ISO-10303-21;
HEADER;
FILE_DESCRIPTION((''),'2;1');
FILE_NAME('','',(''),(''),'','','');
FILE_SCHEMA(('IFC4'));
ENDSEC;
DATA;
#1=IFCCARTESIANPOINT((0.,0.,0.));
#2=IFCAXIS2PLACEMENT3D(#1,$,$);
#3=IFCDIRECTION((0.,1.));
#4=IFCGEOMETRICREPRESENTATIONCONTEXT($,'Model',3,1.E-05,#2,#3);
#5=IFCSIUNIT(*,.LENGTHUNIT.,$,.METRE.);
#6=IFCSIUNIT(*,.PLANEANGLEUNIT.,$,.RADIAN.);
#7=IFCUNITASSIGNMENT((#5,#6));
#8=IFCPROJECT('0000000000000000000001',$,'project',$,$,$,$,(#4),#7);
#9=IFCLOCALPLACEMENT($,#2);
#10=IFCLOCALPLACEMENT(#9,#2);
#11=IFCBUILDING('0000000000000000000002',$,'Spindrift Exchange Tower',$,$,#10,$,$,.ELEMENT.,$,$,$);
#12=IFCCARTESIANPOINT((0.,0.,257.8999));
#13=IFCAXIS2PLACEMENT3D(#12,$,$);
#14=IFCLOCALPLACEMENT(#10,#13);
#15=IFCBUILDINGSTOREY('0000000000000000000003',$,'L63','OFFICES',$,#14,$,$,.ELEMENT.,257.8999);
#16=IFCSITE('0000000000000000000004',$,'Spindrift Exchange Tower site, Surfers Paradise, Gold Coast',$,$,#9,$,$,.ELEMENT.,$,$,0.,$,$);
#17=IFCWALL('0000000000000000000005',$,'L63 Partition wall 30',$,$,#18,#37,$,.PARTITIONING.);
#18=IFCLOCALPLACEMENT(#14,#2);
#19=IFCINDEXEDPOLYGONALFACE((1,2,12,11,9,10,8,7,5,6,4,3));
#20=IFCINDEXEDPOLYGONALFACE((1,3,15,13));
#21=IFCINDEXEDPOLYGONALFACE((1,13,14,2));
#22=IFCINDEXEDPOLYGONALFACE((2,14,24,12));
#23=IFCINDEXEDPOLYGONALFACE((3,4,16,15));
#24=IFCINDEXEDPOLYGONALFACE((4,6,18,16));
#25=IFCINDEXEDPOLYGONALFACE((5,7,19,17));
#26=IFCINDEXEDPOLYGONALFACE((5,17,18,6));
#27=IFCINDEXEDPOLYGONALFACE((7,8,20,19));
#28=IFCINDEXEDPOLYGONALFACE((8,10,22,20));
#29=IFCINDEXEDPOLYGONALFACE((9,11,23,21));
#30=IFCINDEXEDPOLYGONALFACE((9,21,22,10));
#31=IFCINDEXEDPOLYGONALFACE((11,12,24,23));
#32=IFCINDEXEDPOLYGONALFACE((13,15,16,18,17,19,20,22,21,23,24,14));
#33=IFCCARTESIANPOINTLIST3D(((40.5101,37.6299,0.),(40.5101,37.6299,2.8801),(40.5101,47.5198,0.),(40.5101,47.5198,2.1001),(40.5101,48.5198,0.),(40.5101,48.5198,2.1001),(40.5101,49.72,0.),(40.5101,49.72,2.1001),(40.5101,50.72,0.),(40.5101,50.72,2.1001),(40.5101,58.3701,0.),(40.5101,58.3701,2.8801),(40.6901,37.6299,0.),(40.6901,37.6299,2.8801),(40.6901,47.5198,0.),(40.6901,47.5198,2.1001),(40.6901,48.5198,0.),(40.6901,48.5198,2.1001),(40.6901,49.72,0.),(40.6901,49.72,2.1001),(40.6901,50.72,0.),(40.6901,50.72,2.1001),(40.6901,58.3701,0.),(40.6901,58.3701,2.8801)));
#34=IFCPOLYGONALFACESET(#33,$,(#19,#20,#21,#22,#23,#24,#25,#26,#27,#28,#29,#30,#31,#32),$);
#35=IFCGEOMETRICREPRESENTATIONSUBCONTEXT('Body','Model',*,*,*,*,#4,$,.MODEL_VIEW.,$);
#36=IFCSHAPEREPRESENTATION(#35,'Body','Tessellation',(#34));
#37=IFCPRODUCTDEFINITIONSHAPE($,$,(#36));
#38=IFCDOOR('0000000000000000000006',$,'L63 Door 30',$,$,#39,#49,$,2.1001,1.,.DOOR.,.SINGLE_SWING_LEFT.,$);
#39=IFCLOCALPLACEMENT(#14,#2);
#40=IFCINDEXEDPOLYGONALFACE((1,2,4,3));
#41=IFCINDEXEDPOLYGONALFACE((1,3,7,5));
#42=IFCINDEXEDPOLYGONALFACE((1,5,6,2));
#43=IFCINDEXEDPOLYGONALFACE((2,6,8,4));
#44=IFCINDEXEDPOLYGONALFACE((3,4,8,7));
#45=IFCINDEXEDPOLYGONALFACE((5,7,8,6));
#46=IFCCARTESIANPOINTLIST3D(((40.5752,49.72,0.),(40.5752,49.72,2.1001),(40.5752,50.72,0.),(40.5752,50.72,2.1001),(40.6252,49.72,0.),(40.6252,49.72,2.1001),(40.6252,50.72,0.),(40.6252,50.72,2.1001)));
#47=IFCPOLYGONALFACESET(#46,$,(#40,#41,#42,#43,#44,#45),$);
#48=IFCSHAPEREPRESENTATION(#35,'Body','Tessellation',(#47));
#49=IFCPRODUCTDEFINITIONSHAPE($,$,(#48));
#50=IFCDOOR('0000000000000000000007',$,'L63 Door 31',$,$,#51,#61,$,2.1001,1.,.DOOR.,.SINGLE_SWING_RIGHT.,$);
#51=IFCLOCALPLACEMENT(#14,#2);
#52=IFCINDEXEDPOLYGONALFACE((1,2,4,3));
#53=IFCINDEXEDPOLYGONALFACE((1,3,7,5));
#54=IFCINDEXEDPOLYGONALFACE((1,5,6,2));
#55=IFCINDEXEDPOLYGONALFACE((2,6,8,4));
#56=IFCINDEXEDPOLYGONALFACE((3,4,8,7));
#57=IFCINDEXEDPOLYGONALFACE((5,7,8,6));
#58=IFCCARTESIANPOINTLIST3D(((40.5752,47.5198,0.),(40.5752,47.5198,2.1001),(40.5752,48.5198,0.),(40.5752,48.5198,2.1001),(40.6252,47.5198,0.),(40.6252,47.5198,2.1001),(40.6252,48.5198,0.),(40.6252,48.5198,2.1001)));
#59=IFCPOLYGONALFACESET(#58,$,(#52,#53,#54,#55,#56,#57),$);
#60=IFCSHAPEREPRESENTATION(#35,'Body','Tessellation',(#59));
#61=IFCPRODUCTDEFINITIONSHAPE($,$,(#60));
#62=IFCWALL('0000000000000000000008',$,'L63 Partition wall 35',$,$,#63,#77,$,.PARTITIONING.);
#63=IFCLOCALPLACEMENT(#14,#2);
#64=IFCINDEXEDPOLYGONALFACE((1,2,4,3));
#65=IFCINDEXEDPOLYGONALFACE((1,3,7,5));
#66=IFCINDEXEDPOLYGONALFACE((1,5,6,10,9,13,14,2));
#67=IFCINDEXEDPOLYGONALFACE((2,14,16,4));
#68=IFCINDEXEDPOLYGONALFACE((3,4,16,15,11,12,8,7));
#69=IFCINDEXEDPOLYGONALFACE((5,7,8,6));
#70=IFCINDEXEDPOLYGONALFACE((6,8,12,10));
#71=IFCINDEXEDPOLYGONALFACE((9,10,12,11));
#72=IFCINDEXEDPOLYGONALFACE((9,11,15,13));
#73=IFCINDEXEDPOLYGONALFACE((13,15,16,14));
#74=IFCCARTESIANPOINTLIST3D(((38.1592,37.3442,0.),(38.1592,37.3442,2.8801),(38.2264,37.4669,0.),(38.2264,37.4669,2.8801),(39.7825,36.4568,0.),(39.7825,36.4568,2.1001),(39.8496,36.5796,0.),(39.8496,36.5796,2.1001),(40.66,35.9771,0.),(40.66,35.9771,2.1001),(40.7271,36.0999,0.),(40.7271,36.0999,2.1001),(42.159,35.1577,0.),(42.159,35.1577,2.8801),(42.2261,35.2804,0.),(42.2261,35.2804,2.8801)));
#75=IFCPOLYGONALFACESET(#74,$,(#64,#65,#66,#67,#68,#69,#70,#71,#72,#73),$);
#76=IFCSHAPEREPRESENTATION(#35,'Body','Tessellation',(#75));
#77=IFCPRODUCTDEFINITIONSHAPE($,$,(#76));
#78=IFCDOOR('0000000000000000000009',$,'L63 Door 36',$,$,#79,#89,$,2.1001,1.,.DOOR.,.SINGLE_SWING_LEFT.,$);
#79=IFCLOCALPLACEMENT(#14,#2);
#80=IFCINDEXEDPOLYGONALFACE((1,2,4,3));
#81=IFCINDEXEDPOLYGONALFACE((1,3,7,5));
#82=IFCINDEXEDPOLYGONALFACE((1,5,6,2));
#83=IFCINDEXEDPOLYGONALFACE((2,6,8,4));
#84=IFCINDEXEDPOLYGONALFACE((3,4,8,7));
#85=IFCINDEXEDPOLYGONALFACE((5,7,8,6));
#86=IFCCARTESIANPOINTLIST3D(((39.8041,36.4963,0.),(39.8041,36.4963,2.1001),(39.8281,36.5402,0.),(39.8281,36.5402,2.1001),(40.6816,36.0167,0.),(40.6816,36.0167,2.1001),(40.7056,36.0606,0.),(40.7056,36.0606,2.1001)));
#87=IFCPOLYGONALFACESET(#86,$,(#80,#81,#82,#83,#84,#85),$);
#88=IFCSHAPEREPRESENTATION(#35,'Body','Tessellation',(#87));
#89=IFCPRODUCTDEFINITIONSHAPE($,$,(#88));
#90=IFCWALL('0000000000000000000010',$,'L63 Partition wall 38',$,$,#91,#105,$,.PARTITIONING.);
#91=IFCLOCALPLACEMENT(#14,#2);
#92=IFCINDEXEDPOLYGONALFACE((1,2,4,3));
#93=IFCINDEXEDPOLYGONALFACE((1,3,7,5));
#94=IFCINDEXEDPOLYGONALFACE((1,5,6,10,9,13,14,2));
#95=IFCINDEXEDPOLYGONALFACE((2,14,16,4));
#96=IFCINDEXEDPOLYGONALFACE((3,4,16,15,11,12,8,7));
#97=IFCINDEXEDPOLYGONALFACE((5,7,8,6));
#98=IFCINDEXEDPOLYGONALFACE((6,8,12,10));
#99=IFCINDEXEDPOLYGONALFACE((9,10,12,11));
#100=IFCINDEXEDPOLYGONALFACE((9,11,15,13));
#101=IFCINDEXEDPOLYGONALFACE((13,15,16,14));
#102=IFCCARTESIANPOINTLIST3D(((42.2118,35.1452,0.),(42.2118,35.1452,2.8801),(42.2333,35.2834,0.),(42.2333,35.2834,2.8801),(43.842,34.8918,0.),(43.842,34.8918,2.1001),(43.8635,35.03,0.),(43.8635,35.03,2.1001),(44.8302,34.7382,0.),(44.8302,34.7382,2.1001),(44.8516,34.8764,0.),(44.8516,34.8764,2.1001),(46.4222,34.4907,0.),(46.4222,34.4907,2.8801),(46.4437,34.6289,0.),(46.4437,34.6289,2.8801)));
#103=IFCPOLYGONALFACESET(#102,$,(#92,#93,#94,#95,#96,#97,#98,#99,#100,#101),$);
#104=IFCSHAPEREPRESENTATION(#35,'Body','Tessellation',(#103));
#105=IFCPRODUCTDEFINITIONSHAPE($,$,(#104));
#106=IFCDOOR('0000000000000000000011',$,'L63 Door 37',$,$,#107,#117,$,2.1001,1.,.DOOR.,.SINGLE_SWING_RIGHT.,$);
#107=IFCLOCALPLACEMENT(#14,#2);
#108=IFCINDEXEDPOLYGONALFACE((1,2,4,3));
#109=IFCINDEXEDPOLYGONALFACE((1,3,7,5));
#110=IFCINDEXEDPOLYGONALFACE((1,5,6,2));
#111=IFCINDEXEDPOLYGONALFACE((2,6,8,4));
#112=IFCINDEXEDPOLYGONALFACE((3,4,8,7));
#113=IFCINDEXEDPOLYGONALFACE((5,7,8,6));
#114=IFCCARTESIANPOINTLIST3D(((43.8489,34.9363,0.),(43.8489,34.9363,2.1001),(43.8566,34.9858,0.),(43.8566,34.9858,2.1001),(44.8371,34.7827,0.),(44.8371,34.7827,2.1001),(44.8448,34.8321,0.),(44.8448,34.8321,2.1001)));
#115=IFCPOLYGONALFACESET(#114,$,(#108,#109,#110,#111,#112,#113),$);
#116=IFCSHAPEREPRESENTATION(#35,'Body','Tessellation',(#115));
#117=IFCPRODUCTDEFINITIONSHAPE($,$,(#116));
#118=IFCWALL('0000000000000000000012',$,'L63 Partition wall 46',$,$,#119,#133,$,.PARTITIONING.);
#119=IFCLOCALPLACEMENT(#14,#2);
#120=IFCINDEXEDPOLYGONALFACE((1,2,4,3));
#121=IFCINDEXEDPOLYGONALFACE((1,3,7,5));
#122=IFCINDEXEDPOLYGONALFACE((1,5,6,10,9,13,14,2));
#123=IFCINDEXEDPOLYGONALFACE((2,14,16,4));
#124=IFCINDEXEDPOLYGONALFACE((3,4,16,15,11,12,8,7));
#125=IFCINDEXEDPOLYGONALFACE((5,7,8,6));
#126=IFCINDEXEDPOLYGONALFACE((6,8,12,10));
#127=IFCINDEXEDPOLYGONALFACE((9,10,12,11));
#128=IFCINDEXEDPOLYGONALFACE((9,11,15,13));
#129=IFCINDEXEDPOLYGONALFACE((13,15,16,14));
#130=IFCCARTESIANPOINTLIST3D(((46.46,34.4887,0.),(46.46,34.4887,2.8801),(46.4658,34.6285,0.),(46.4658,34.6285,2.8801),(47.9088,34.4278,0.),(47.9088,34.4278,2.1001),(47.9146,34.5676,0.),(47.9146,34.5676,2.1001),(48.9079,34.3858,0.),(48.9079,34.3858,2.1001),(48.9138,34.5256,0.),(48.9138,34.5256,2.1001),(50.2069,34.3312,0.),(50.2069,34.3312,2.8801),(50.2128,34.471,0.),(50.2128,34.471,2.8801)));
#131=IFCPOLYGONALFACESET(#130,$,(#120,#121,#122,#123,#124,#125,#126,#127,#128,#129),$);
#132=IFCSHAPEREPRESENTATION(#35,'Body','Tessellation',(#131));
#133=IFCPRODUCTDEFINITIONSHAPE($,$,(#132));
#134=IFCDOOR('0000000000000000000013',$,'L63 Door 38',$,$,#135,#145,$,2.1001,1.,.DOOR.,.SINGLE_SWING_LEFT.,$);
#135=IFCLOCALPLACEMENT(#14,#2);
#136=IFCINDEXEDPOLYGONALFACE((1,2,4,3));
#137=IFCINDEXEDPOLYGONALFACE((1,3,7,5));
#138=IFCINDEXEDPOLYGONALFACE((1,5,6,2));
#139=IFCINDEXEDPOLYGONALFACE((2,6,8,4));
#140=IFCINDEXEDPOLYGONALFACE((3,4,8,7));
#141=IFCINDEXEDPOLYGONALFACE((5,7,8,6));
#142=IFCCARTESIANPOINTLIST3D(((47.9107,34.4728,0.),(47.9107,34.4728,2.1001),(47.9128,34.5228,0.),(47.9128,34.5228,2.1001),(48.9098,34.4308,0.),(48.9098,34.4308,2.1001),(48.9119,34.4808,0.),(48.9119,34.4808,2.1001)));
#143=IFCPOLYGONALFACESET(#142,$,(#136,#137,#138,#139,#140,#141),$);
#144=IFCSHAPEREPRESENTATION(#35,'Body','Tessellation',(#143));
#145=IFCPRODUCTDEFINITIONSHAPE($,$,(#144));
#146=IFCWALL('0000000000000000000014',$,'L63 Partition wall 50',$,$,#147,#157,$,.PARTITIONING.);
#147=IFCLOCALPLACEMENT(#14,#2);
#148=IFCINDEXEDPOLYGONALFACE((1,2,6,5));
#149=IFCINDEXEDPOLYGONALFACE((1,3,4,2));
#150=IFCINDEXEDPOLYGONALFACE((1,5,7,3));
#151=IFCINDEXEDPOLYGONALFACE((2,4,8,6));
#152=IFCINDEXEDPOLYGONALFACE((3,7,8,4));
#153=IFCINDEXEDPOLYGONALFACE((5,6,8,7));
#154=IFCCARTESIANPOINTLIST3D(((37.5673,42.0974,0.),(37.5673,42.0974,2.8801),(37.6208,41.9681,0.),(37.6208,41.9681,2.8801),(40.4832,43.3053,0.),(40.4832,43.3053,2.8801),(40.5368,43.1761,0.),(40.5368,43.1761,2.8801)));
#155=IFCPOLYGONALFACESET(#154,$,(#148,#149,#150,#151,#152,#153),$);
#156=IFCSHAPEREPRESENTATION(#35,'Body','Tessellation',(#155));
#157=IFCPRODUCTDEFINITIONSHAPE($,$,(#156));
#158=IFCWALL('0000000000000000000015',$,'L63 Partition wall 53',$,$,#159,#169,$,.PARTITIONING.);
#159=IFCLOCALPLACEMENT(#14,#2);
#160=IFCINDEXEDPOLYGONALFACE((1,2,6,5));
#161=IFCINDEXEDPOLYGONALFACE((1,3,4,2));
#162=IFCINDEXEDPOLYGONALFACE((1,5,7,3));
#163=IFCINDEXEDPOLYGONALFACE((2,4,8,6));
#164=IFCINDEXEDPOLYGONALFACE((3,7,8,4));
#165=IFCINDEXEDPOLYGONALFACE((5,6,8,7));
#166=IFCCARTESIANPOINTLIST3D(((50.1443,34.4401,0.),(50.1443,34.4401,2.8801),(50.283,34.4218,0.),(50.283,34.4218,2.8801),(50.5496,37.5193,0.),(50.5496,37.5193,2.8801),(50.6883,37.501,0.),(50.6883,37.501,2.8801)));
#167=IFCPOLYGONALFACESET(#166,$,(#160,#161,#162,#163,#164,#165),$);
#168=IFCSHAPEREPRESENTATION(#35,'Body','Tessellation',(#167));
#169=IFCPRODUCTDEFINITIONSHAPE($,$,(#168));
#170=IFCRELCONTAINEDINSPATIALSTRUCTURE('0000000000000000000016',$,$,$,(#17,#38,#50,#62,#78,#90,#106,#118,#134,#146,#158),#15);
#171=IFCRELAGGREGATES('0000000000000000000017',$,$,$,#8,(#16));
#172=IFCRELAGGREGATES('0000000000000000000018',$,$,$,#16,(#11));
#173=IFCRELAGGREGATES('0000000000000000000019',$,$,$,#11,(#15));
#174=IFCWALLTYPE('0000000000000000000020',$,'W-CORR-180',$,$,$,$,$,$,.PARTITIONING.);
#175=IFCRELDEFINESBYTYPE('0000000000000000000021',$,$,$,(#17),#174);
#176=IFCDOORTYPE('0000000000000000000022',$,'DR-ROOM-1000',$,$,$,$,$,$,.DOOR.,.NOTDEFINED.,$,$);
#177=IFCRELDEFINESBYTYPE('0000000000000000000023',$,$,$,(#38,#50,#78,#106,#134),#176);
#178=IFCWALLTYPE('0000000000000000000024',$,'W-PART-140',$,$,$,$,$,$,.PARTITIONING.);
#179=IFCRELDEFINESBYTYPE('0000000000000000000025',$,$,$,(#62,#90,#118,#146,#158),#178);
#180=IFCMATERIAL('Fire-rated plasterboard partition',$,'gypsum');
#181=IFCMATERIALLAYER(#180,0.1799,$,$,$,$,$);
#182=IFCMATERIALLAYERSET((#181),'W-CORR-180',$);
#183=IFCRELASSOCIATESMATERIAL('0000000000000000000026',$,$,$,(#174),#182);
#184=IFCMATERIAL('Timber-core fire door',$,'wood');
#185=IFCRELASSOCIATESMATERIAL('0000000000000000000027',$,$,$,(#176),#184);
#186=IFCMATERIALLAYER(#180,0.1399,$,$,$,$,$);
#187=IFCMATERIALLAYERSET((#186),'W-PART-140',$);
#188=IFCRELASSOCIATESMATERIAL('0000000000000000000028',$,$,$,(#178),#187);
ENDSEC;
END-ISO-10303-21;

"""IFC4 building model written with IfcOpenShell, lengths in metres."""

from ifc_helpers import new_model, si_unit, direction, frame, frame_2d, origin, place, context, subcontext, project, spatial, rectangle, extrude, source, transform, mapped, material, layer, layer_set, type_object, element, fill, save


model = new_model("IFC4")

# Units and contexts
model_context = context("Model", 3, precision=1e-05, world=origin(), true_north=direction((0.0, 1.0)))
body_context = subcontext(model_context, "Body", "Model", "MODEL_VIEW")
ifc_project = project(units=[si_unit("LENGTHUNIT", "METRE"), si_unit("PLANEANGLEUNIT", "RADIAN")], contexts=[model_context])

# Site, building, storey
site_placement = place(None, origin())
site = spatial("IfcSite", under=ifc_project, at=site_placement, Name="Spindrift Exchange Tower site, Surfers Paradise, Gold Coast", CompositionType="ELEMENT", RefElevation=0.0)
building_placement = place(site_placement, origin())
building = spatial("IfcBuilding", under=site, at=building_placement, Name="Spindrift Exchange Tower", CompositionType="ELEMENT")
storey_placement = place(building_placement, frame((0.0, 0.0, 257.8999)))
storey = spatial("IfcBuildingStorey", under=building, at=storey_placement, Name="L63", Description="OFFICES", CompositionType="ELEMENT", Elevation=257.8999)

# Wall, openings, doors
ifc_material_1 = material(Name="Timber-core fire door", Category="wood")
ifc_material_2 = material(Name="Fire-rated plasterboard partition", Category="gypsum")
ifc_layer_1 = layer(ifc_material_2, 0.1799)
ifc_layer_set_1 = layer_set([ifc_layer_1], Name="W-CORR-180")
wall_type_1 = type_object("IfcWallType", Name="W-CORR-180", PredefinedType="PARTITIONING", material=ifc_layer_set_1)
wall_1_placement = place(storey_placement, frame((40.6001, 37.6299, 0.0), z_axis=(0.0, 0.0, 1.0), x_axis=(0.0, 1.0, 0.0)))
wall_1 = element("IfcWall", 1, at=wall_1_placement, inside=storey, type_object=wall_type_1, Name="L63 Partition wall 30", PredefinedType="PARTITIONING", context=body_context, shape_type="SweptSolid", body=[
    extrude(rectangle(XDim=20.7402, YDim=0.1799, at=frame_2d((10.3701, 0.0))), origin(), (0.0, 0.0, 1.0), 2.8801),
])
opening_1_placement = place(wall_1_placement, frame((12.0901, 0.0, 0.0)))
opening_1 = element("IfcOpeningElement", 2, at=opening_1_placement, cuts=wall_1, PredefinedType="OPENING", context=body_context, shape_type="SweptSolid", body=[
    extrude(rectangle(XDim=1.0, YDim=2.1001, at=frame_2d((0.5, 1.05))), frame((0.0, 0.0999, 0.0), z_axis=(0.0, -1.0, 0.0), x_axis=(1.0, 0.0, 0.0)), (0.0, 0.0, 1.0), 0.2),
])
opening_2_placement = place(wall_1_placement, frame((9.8899, 0.0, 0.0)))
opening_2 = element("IfcOpeningElement", 3, at=opening_2_placement, cuts=wall_1, PredefinedType="OPENING", context=body_context, shape_type="SweptSolid", body=[
    extrude(rectangle(XDim=1.0, YDim=2.1001, at=frame_2d((0.5, 1.05))), frame((0.0, 0.0999, 0.0), z_axis=(0.0, -1.0, 0.0), x_axis=(1.0, 0.0, 0.0)), (0.0, 0.0, 1.0), 0.2),
])
door_type_1 = type_object("IfcDoorType", Name="DR-ROOM-1000", OperationType="NOTDEFINED", PredefinedType="DOOR", material=ifc_material_1)
shared_shape_1 = source(origin(), body_context, "Body", "SweptSolid", [
    extrude(rectangle(XDim=1.0, YDim=2.1001, at=frame_2d((0.5, 1.05))), frame((0.0, 0.0249, 0.0), z_axis=(0.0, -1.0, 0.0), x_axis=(1.0, 0.0, 0.0)), (0.0, 0.0, 1.0), 0.05),
])
door_1_placement = place(opening_1_placement, origin())
door_1 = element("IfcDoor", 4, at=door_1_placement, inside=storey, type_object=door_type_1, Name="L63 Door 30", OperationType="SINGLE_SWING_LEFT", OverallHeight=2.1001, OverallWidth=1.0, PredefinedType="DOOR", context=body_context, shape_type="MappedRepresentation", body=[
    mapped(shared_shape_1, transform((0.0, 0.0, 0.0), scale=1.0)),
])
fill(opening_1, door_1)
door_2_placement = place(opening_2_placement, origin())
door_2 = element("IfcDoor", 5, at=door_2_placement, inside=storey, type_object=door_type_1, Name="L63 Door 31", OperationType="SINGLE_SWING_RIGHT", OverallHeight=2.1001, OverallWidth=1.0, PredefinedType="DOOR", context=body_context, shape_type="MappedRepresentation", body=[
    mapped(shared_shape_1, transform((0.0, 0.0, 0.0), scale=1.0)),
])
fill(opening_2, door_2)

# Walls, openings, doors
ifc_layer_2 = layer(ifc_material_2, 0.1399)
ifc_layer_set_2 = layer_set([ifc_layer_2], Name="W-PART-140")
wall_type_2 = type_object("IfcWallType", Name="W-PART-140", PredefinedType="PARTITIONING", material=ifc_layer_set_2)
wall_2_placement = place(storey_placement, frame((42.1926, 35.219, 0.0), z_axis=(0.0, 0.0, 1.0), x_axis=(-0.877449, 0.47967, 0.0)))
wall_2 = element("IfcWall", 6, at=wall_2_placement, inside=storey, type_object=wall_type_2, Name="L63 Partition wall 35", PredefinedType="PARTITIONING", context=body_context, shape_type="SweptSolid", body=[
    extrude(rectangle(XDim=4.5583, YDim=0.1399, at=frame_2d((2.2793, 0.0))), origin(), (0.0, 0.0, 1.0), 2.8801),
])
opening_3_placement = place(wall_2_placement, frame((1.7085, 0.0, 0.0)))
opening_3 = element("IfcOpeningElement", 7, at=opening_3_placement, cuts=wall_2, PredefinedType="OPENING", context=body_context, shape_type="SweptSolid", body=[
    extrude(rectangle(XDim=1.0, YDim=2.1001, at=frame_2d((0.5, 1.05))), frame((0.0, 0.0798, 0.0), z_axis=(0.0, -1.0, 0.0), x_axis=(1.0, 0.0, 0.0)), (0.0, 0.0, 1.0), 0.1599),
])
door_3_placement = place(opening_3_placement, origin())
door_3 = element("IfcDoor", 8, at=door_3_placement, inside=storey, type_object=door_type_1, Name="L63 Door 36", OperationType="SINGLE_SWING_LEFT", OverallHeight=2.1001, OverallWidth=1.0, PredefinedType="DOOR", context=body_context, shape_type="MappedRepresentation", body=[
    mapped(shared_shape_1, transform((0.0, 0.0, 0.0), scale=1.0)),
])
fill(opening_3, door_3)
wall_3_placement = place(storey_placement, frame((46.4329, 34.5598, 0.0), z_axis=(0.0, 0.0, 1.0), x_axis=(-0.988131, 0.153611, 0.0)))
wall_3 = element("IfcWall", 9, at=wall_3_placement, inside=storey, type_object=wall_type_2, Name="L63 Partition wall 38", PredefinedType="PARTITIONING", context=body_context, shape_type="SweptSolid", body=[
    extrude(rectangle(XDim=4.261, YDim=0.1399, at=frame_2d((2.1304, 0.0))), origin(), (0.0, 0.0, 1.0), 2.8801),
])
opening_4_placement = place(wall_3_placement, frame((1.6111, 0.0, 0.0)))
opening_4 = element("IfcOpeningElement", 10, at=opening_4_placement, cuts=wall_3, PredefinedType="OPENING", context=body_context, shape_type="SweptSolid", body=[
    extrude(rectangle(XDim=1.0, YDim=2.1001, at=frame_2d((0.5, 1.05))), frame((0.0, 0.0798, 0.0), z_axis=(0.0, -1.0, 0.0), x_axis=(1.0, 0.0, 0.0)), (0.0, 0.0, 1.0), 0.1599),
])
door_4_placement = place(opening_4_placement, origin())
door_4 = element("IfcDoor", 11, at=door_4_placement, inside=storey, type_object=door_type_1, Name="L63 Door 37", OperationType="SINGLE_SWING_RIGHT", OverallHeight=2.1001, OverallWidth=1.0, PredefinedType="DOOR", context=body_context, shape_type="MappedRepresentation", body=[
    mapped(shared_shape_1, transform((0.0, 0.0, 0.0), scale=1.0)),
])
fill(opening_4, door_4)
wall_4_placement = place(storey_placement, frame((50.2097, 34.4011, 0.0), z_axis=(0.0, 0.0, 1.0), x_axis=(-0.999118, 0.041991, 0.0)))
wall_4 = element("IfcWall", 12, at=wall_4_placement, inside=storey, type_object=wall_type_2, Name="L63 Partition wall 46", PredefinedType="PARTITIONING", context=body_context, shape_type="SweptSolid", body=[
    extrude(rectangle(XDim=3.7502, YDim=0.1399, at=frame_2d((1.875, 0.0))), origin(), (0.0, 0.0, 1.0), 2.8801),
])
opening_5_placement = place(wall_4_placement, frame((1.3, 0.0, 0.0)))
opening_5 = element("IfcOpeningElement", 13, at=opening_5_placement, cuts=wall_4, PredefinedType="OPENING", context=body_context, shape_type="SweptSolid", body=[
    extrude(rectangle(XDim=1.0, YDim=2.1001, at=frame_2d((0.5, 1.05))), frame((0.0, 0.0798, 0.0), z_axis=(0.0, -1.0, 0.0), x_axis=(1.0, 0.0, 0.0)), (0.0, 0.0, 1.0), 0.1599),
])
door_5_placement = place(opening_5_placement, origin())
door_5 = element("IfcDoor", 14, at=door_5_placement, inside=storey, type_object=door_type_1, Name="L63 Door 38", OperationType="SINGLE_SWING_LEFT", OverallHeight=2.1001, OverallWidth=1.0, PredefinedType="DOOR", context=body_context, shape_type="MappedRepresentation", body=[
    mapped(shared_shape_1, transform((0.0, 0.0, 0.0), scale=1.0)),
])
fill(opening_5, door_5)

# Walls
wall_5_placement = place(storey_placement, frame((40.51, 43.2407, 0.0), z_axis=(0.0, 0.0, 1.0), x_axis=(-0.923862, -0.382725, 0.0)))
element("IfcWall", 15, at=wall_5_placement, inside=storey, type_object=wall_type_2, Name="L63 Partition wall 50", PredefinedType="PARTITIONING", context=body_context, shape_type="SweptSolid", body=[
    extrude(rectangle(XDim=3.1562, YDim=0.1399, at=frame_2d((1.5781, 0.0))), origin(), (0.0, 0.0, 1.0), 2.8801),
])
wall_6_placement = place(storey_placement, frame((50.6189, 37.51, 0.0), z_axis=(0.0, 0.0, 1.0), x_axis=(-0.130495, -0.991449, 0.0)))
element("IfcWall", 16, at=wall_6_placement, inside=storey, type_object=wall_type_2, Name="L63 Partition wall 53", PredefinedType="PARTITIONING", context=body_context, shape_type="SweptSolid", body=[
    extrude(rectangle(XDim=3.1057, YDim=0.1399, at=frame_2d((1.5527, 0.0))), origin(), (0.0, 0.0, 1.0), 2.8801),
])

save(model, "model.ifc")
